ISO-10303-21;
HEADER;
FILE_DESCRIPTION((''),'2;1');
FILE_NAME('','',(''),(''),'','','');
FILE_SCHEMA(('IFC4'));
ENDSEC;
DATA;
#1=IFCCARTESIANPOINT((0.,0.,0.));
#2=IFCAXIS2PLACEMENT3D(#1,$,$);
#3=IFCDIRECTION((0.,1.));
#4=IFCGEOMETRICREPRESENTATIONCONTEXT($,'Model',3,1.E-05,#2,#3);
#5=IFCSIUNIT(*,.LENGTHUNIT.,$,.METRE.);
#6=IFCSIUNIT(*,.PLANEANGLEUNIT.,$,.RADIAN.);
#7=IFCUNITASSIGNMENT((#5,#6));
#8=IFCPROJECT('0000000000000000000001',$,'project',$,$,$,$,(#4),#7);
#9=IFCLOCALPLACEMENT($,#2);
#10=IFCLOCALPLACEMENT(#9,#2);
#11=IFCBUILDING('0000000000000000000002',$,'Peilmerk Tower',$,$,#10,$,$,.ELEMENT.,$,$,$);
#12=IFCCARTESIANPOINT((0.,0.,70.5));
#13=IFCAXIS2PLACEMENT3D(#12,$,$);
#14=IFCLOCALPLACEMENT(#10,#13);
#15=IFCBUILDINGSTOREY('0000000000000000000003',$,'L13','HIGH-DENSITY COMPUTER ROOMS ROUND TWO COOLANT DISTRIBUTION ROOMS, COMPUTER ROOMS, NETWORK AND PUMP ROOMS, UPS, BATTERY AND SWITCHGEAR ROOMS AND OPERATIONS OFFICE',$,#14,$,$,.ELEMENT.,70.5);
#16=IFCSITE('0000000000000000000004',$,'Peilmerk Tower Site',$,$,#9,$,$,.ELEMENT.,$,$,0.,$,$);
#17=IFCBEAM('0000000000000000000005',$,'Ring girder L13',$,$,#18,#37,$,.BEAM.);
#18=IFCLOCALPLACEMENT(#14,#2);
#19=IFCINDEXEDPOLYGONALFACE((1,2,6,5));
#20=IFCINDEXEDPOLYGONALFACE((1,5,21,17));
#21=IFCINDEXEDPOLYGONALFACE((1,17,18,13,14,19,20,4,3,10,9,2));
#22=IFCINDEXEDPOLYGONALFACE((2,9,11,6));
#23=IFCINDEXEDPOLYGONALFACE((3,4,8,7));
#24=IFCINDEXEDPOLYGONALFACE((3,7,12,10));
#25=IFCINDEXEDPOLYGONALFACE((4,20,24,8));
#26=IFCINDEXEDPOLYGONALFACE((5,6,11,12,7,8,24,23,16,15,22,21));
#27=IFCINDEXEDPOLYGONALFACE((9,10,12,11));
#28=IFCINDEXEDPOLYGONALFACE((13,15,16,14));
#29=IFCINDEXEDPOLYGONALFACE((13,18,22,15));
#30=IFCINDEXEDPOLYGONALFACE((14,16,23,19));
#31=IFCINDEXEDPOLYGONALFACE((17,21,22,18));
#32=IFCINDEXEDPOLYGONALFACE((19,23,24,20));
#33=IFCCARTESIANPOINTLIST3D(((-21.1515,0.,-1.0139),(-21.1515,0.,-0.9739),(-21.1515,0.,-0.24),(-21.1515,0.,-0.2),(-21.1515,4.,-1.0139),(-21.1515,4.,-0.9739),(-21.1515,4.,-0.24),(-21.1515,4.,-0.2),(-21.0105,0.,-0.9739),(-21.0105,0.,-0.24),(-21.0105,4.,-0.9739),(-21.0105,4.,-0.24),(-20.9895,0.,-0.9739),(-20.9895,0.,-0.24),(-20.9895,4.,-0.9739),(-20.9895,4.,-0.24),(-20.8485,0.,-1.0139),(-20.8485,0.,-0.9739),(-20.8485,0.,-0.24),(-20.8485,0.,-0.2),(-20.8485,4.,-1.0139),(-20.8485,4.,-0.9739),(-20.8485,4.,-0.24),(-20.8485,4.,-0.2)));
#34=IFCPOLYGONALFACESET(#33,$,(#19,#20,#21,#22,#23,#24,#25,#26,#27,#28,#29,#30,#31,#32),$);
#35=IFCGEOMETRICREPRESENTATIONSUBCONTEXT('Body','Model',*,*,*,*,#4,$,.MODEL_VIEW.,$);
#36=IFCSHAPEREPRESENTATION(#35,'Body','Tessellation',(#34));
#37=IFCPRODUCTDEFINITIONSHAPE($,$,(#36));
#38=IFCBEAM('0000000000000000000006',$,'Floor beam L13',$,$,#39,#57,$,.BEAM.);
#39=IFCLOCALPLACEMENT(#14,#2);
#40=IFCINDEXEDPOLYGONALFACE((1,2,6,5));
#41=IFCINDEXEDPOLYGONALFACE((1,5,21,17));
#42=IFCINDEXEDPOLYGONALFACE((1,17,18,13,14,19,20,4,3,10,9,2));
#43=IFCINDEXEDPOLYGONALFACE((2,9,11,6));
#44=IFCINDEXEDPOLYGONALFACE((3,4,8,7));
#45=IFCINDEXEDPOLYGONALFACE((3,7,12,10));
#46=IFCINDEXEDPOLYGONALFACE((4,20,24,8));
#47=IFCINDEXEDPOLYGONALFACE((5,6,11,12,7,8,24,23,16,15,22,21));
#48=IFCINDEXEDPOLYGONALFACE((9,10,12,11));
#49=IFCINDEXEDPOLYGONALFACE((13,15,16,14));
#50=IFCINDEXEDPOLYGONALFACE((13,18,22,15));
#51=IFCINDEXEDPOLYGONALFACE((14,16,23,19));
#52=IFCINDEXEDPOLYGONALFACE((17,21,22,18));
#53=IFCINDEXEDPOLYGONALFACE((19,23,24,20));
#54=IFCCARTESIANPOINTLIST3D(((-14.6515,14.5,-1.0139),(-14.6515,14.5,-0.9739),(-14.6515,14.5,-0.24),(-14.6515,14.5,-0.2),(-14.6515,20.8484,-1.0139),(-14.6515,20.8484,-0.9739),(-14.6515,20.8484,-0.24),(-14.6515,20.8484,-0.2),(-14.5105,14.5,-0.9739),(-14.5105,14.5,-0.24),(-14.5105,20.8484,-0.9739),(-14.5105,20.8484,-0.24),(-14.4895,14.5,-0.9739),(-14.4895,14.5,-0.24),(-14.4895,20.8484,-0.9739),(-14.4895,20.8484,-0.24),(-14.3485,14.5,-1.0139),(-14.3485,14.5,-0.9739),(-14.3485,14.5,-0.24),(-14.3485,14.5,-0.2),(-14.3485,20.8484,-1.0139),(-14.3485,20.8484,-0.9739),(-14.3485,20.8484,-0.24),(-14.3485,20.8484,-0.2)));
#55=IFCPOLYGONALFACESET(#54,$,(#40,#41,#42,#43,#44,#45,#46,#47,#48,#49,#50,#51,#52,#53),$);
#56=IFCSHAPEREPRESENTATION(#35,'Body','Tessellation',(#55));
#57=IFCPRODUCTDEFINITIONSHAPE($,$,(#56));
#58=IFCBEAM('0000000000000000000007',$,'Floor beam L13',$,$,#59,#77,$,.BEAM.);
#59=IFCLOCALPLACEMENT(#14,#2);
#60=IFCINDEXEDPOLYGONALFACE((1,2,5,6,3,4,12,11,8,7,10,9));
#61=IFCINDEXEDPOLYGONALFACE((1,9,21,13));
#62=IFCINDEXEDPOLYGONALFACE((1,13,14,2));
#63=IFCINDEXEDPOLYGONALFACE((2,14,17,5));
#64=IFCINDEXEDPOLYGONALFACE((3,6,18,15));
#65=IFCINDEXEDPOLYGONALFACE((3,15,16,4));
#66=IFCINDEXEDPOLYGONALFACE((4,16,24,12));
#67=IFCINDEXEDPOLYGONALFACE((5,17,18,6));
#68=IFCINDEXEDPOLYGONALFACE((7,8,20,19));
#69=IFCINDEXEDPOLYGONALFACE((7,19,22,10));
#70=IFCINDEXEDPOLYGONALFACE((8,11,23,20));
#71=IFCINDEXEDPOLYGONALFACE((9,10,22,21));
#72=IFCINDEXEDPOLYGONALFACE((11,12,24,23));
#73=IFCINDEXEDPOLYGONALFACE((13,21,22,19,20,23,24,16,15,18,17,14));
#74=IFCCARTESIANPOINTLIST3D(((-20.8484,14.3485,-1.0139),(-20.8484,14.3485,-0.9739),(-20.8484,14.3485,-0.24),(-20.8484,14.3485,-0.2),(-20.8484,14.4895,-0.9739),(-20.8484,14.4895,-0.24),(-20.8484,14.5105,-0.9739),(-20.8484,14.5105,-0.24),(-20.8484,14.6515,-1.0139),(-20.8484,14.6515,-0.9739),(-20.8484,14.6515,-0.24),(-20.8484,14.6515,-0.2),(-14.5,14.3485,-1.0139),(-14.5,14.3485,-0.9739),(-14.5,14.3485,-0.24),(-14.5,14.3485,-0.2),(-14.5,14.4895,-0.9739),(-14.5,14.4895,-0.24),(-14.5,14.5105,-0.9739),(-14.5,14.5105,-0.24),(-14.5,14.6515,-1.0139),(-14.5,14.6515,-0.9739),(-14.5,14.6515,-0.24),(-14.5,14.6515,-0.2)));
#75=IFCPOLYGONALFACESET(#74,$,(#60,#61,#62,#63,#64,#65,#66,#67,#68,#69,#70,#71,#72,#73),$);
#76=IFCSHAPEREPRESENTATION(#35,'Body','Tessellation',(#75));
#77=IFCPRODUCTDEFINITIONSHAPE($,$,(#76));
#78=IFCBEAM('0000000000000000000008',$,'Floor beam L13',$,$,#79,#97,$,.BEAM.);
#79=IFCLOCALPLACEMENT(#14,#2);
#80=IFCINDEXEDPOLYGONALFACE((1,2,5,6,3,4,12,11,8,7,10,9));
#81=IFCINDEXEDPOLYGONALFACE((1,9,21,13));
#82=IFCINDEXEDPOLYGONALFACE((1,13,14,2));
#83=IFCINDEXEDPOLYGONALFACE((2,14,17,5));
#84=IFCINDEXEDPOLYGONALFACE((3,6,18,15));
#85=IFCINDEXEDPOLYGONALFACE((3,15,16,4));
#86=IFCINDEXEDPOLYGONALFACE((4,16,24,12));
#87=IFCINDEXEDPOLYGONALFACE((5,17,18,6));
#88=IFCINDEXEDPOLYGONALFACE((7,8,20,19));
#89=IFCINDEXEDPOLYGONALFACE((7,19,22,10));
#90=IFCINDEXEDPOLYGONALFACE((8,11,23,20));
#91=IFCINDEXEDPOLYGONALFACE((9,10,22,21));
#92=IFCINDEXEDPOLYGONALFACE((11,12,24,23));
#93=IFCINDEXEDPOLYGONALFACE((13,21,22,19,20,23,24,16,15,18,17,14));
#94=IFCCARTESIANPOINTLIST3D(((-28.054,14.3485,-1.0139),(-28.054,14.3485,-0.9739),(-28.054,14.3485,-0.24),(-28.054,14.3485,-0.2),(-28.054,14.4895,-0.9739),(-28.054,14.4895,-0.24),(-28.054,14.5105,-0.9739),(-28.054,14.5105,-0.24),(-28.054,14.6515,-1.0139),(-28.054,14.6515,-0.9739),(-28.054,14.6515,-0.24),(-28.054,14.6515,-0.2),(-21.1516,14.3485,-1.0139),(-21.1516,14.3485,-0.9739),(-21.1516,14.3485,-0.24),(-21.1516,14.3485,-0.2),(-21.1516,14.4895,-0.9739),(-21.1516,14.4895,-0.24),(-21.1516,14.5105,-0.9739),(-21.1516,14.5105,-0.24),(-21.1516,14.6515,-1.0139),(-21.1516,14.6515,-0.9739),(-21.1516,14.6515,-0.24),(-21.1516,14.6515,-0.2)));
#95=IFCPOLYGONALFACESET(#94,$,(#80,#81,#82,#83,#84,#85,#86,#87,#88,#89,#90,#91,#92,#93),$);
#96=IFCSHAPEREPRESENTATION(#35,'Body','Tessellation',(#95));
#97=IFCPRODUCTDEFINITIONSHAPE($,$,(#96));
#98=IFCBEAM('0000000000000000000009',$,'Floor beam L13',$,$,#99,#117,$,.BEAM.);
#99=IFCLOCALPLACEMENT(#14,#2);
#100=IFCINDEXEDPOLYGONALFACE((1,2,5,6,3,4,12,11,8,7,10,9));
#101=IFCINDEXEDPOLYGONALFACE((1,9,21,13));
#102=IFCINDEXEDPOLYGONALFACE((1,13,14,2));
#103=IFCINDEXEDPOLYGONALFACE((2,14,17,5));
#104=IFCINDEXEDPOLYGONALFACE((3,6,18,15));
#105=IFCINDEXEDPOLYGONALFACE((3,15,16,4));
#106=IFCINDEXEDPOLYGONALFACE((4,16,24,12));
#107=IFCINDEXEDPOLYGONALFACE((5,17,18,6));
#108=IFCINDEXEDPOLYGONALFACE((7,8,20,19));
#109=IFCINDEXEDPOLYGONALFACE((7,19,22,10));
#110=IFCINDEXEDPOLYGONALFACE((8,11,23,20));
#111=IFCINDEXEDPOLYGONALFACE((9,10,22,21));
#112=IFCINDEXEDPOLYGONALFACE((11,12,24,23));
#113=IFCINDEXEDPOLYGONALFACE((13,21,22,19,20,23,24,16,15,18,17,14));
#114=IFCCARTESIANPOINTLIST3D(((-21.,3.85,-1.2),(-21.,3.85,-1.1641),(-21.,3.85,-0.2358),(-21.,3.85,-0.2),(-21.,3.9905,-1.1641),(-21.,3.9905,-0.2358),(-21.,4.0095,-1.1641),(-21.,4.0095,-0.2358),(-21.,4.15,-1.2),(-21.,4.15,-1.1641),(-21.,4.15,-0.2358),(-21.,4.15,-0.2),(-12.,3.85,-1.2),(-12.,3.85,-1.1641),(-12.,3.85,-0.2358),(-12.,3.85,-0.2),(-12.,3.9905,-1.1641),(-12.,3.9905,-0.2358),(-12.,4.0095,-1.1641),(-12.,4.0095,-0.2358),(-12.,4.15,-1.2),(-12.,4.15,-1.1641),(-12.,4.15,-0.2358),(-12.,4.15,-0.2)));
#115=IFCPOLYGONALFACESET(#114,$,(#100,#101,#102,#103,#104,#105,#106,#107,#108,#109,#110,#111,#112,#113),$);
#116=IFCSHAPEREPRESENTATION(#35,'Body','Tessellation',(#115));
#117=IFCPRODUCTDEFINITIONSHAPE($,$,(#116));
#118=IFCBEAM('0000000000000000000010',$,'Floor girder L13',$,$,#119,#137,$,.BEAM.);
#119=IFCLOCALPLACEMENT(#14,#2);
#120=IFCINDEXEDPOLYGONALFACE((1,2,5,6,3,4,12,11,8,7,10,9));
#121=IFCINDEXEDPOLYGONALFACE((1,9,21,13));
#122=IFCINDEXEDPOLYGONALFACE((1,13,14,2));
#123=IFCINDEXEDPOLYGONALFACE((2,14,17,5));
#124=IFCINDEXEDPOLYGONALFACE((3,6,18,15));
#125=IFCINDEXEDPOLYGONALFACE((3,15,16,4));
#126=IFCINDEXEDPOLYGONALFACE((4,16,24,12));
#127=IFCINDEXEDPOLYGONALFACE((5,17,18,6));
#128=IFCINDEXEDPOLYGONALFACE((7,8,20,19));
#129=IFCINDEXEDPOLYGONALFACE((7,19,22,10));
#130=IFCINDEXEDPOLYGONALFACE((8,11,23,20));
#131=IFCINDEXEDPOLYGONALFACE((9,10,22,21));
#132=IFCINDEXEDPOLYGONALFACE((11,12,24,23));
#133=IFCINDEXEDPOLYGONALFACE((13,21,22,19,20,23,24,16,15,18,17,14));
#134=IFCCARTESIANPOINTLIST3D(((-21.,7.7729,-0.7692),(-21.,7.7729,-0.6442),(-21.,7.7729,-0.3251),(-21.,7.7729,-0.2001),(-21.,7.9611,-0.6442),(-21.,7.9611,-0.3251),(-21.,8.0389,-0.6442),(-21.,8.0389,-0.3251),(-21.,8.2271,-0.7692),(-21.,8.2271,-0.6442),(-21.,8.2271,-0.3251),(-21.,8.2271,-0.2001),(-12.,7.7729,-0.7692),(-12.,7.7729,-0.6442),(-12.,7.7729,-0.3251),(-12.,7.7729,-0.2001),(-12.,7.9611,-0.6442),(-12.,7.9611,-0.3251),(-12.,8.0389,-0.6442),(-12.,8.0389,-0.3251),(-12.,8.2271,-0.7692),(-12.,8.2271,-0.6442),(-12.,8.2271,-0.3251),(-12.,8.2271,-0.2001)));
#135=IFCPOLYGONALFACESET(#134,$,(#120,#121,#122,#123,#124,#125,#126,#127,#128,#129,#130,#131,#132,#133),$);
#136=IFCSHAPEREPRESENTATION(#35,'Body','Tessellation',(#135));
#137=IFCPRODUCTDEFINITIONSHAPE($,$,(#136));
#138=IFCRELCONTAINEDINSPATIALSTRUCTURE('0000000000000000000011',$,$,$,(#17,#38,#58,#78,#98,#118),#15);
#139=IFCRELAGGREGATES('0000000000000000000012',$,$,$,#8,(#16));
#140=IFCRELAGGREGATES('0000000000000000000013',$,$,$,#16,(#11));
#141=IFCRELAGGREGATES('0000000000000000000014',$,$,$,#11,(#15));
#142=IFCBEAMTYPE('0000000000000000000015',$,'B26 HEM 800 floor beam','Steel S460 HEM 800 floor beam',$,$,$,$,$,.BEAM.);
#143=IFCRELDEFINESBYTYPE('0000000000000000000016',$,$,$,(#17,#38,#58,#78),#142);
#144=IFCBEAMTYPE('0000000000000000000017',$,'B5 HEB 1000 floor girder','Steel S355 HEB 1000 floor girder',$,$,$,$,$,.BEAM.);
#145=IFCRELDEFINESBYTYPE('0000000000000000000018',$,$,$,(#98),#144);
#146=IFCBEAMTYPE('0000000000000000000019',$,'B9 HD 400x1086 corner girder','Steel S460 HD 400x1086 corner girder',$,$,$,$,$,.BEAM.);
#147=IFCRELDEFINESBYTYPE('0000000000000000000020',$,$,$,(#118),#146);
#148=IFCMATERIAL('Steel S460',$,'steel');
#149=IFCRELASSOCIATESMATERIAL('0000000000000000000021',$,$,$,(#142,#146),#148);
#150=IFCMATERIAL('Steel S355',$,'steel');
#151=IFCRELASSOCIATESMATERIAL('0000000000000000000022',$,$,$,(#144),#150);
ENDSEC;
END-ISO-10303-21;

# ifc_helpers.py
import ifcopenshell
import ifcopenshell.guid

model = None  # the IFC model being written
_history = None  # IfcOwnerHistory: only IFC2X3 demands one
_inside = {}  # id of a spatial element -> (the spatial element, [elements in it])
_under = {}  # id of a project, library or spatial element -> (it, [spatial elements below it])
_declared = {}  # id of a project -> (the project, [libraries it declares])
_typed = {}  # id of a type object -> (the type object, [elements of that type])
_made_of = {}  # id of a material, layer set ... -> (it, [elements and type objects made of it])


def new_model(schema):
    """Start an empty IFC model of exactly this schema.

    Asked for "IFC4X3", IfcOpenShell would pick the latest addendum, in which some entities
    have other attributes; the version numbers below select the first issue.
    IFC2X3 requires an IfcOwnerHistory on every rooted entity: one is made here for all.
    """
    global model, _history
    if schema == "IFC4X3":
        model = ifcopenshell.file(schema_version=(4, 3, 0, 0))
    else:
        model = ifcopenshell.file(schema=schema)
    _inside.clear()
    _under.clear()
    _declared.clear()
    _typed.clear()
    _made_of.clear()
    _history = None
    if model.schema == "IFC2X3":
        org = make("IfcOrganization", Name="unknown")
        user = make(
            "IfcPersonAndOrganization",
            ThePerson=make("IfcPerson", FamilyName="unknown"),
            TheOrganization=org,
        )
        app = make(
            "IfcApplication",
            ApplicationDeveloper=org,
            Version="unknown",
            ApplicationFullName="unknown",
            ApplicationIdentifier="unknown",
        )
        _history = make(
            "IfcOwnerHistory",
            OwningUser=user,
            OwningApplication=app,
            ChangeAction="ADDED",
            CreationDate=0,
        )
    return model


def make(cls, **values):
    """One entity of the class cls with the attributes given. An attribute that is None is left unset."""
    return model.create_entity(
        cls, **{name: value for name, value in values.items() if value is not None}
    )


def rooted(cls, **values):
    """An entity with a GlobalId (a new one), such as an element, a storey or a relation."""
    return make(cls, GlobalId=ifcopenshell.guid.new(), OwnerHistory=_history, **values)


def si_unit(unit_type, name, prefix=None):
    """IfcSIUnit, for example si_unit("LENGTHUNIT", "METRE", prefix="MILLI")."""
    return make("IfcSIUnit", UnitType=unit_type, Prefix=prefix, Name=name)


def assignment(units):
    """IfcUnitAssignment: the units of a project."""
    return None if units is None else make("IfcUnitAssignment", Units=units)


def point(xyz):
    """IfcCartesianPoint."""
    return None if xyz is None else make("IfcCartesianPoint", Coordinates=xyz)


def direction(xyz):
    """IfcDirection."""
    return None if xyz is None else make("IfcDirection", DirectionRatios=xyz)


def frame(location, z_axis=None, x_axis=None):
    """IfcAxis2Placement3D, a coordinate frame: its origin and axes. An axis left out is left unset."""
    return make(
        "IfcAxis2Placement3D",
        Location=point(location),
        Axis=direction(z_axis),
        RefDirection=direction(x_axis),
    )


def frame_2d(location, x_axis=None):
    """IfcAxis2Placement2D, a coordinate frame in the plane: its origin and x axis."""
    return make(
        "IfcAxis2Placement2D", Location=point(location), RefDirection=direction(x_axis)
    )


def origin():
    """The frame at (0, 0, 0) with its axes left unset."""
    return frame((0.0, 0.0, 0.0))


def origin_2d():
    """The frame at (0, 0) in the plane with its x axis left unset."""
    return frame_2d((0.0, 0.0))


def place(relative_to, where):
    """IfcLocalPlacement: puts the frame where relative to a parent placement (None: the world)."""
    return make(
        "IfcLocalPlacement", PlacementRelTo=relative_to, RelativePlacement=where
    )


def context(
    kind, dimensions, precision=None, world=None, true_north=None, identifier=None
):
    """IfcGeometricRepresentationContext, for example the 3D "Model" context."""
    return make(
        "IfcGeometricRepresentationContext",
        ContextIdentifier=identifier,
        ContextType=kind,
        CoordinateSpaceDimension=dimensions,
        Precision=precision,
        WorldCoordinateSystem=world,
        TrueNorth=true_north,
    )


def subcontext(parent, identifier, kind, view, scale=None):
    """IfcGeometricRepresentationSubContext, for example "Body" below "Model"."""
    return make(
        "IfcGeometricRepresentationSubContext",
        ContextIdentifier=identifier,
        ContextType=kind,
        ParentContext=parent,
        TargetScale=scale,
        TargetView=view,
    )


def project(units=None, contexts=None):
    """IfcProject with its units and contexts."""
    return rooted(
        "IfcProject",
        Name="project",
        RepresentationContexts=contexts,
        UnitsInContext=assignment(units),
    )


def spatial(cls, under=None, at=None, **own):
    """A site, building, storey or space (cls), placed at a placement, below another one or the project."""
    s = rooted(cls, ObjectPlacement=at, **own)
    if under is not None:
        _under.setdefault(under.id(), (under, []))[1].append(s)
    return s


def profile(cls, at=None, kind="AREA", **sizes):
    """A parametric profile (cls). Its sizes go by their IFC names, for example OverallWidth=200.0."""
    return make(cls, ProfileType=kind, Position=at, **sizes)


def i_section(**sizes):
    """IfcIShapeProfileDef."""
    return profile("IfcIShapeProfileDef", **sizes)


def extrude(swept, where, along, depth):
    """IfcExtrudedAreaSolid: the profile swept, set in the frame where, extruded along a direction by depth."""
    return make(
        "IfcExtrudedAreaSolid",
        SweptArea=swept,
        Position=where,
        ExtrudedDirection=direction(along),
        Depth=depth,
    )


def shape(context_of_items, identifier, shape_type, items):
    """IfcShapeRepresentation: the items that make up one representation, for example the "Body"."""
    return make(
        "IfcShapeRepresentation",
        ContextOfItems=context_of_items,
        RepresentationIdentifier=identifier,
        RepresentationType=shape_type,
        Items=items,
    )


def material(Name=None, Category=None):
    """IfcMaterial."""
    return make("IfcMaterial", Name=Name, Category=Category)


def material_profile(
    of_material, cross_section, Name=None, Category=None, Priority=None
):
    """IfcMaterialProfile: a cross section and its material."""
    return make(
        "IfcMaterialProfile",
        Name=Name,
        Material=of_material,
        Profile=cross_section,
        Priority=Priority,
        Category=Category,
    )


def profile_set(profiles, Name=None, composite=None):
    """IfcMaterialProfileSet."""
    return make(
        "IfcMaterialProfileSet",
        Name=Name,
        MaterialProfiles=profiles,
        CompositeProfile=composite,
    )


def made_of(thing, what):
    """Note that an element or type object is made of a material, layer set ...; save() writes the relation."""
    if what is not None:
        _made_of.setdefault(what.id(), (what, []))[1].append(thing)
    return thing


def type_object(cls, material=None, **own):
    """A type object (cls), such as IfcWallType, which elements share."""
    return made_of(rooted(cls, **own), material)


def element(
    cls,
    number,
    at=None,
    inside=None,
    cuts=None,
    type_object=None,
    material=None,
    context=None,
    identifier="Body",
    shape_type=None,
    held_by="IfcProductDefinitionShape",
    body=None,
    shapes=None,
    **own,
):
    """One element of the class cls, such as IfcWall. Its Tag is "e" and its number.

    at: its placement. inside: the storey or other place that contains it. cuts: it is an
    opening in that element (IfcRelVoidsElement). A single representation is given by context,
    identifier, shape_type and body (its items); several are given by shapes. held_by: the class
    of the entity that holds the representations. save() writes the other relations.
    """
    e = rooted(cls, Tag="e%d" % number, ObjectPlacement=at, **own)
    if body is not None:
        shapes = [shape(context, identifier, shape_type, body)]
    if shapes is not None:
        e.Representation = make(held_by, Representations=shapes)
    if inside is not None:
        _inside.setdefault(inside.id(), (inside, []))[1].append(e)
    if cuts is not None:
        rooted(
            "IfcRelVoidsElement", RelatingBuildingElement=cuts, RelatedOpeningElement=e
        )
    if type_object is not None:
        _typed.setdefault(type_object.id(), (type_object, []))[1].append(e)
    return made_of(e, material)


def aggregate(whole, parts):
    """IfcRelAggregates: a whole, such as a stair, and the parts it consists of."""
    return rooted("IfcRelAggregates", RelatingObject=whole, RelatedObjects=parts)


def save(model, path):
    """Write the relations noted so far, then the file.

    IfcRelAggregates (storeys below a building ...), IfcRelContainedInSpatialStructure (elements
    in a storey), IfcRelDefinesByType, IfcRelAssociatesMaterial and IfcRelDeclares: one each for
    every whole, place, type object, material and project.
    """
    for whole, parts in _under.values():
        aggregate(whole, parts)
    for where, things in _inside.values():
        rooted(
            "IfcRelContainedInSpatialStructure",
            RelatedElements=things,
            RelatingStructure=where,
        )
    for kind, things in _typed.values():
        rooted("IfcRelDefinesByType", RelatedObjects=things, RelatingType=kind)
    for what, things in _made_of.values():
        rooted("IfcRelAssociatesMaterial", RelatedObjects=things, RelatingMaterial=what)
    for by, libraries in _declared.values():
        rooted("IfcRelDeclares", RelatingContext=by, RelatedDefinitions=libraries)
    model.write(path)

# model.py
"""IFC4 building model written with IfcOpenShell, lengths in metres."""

from ifc_helpers import new_model, si_unit, direction, frame, origin, origin_2d, place, context, subcontext, project, spatial, i_section, extrude, material, material_profile, profile_set, type_object, element, save


model = new_model("IFC4")

# Units and contexts
model_context = context("Model", 3, precision=1e-05, world=origin(), true_north=direction((0.0, 1.0)))
body_context = subcontext(model_context, "Body", "Model", "MODEL_VIEW")
ifc_project = project(units=[si_unit("LENGTHUNIT", "METRE"), si_unit("PLANEANGLEUNIT", "RADIAN")], contexts=[model_context])

# Site, building, storey
site_placement = place(None, origin())
site = spatial("IfcSite", under=ifc_project, at=site_placement, Name="Peilmerk Tower Site", CompositionType="ELEMENT", RefElevation=0.0)
building_placement = place(site_placement, origin())
building = spatial("IfcBuilding", under=site, at=building_placement, Name="Peilmerk Tower", CompositionType="ELEMENT")
storey_placement = place(building_placement, frame((0.0, 0.0, 70.5)))
storey = spatial("IfcBuildingStorey", under=building, at=storey_placement, Name="L13", Description="HIGH-DENSITY COMPUTER ROOMS ROUND TWO COOLANT DISTRIBUTION ROOMS, COMPUTER ROOMS, NETWORK AND PUMP ROOMS, UPS, BATTERY AND SWITCHGEAR ROOMS AND OPERATIONS OFFICE", CompositionType="ELEMENT", Elevation=70.5)

# Beams
ifc_material_1 = material(Name="Steel S355", Category="steel")
ifc_material_2 = material(Name="Steel S460", Category="steel")
ifc_material_profile_1 = material_profile(ifc_material_2, i_section(OverallWidth=0.303, OverallDepth=0.814, WebThickness=0.021, FlangeThickness=0.04, at=origin_2d()), Name="HEM 800")
ifc_profile_set_1 = profile_set([ifc_material_profile_1], Name="Steel S460")
beam_type_1 = type_object("IfcBeamType", Name="B26 HEM 800 floor beam", Description="Steel S460 HEM 800 floor beam", PredefinedType="BEAM", material=ifc_profile_set_1)
for number, where, z_axis, x_axis, name in (
    (1, (-21.0, 4.0, -0.6069), (0.0, -1.0, 0.0), (1.0, 0.0, 0.0), "Ring girder L13"),
):
    element("IfcBeam", number, at=place(storey_placement, frame(where, z_axis=z_axis, x_axis=x_axis)), inside=storey, type_object=beam_type_1, Name=name, PredefinedType="BEAM", context=body_context, shape_type="SweptSolid", body=[
        extrude(i_section(OverallWidth=0.303, OverallDepth=0.814, WebThickness=0.021, FlangeThickness=0.04, at=origin_2d()), origin(), (0.0, 0.0, 1.0), 4.0),
    ])
for number, where, z_axis, x_axis, name in (
    (2, (-14.5, 14.5, -0.6069), (0.0, 1.0, 0.0), (-1.0, 0.0, 0.0), "Floor beam L13"),
    (3, (-14.5, 14.5, -0.6069), (-1.0, 0.0, 0.0), (0.0, -1.0, 0.0), "Floor beam L13"),
):
    element("IfcBeam", number, at=place(storey_placement, frame(where, z_axis=z_axis, x_axis=x_axis)), inside=storey, type_object=beam_type_1, Name=name, PredefinedType="BEAM", context=body_context, shape_type="SweptSolid", body=[
        extrude(i_section(OverallWidth=0.303, OverallDepth=0.814, WebThickness=0.021, FlangeThickness=0.04, at=origin_2d()), origin(), (0.0, 0.0, 1.0), 6.3484),
    ])
beam_1_placement = place(storey_placement, frame((-21.1516, 14.5, -0.6069), z_axis=(-1.0, 0.0, 0.0), x_axis=(0.0, -1.0, 0.0)))
element("IfcBeam", 4, at=beam_1_placement, inside=storey, type_object=beam_type_1, Name="Floor beam L13", PredefinedType="BEAM", context=body_context, shape_type="SweptSolid", body=[
    extrude(i_section(OverallWidth=0.303, OverallDepth=0.814, WebThickness=0.021, FlangeThickness=0.04, at=origin_2d()), origin(), (0.0, 0.0, 1.0), 6.9023),
])
ifc_material_profile_2 = material_profile(ifc_material_1, i_section(OverallWidth=0.3, OverallDepth=1.0, WebThickness=0.019, FlangeThickness=0.0359, at=origin_2d()), Name="HEB 1000")
ifc_profile_set_2 = profile_set([ifc_material_profile_2], Name="Steel S355")
beam_type_2 = type_object("IfcBeamType", Name="B5 HEB 1000 floor girder", Description="Steel S355 HEB 1000 floor girder", PredefinedType="BEAM", material=ifc_profile_set_2)
beam_2_placement = place(storey_placement, frame((-12.0, 4.0, -0.7), z_axis=(-1.0, 0.0, 0.0), x_axis=(0.0, -1.0, 0.0)))
element("IfcBeam", 5, at=beam_2_placement, inside=storey, type_object=beam_type_2, Name="Floor beam L13", PredefinedType="BEAM", context=body_context, shape_type="SweptSolid", body=[
    extrude(i_section(OverallWidth=0.3, OverallDepth=1.0, WebThickness=0.019, FlangeThickness=0.0359, at=origin_2d()), origin(), (0.0, 0.0, 1.0), 9.0),
])
ifc_material_profile_3 = material_profile(ifc_material_2, i_section(OverallWidth=0.4541, OverallDepth=0.5691, WebThickness=0.0779, FlangeThickness=0.125, at=origin_2d()), Name="HD 400x1086")
ifc_profile_set_3 = profile_set([ifc_material_profile_3], Name="Steel S460")
beam_type_3 = type_object("IfcBeamType", Name="B9 HD 400x1086 corner girder", Description="Steel S460 HD 400x1086 corner girder", PredefinedType="BEAM", material=ifc_profile_set_3)
beam_3_placement = place(storey_placement, frame((-12.0, 8.0, -0.4846), z_axis=(-1.0, 0.0, 0.0), x_axis=(0.0, -1.0, 0.0)))
element("IfcBeam", 6, at=beam_3_placement, inside=storey, type_object=beam_type_3, Name="Floor girder L13", PredefinedType="BEAM", context=body_context, shape_type="SweptSolid", body=[
    extrude(i_section(OverallWidth=0.4541, OverallDepth=0.5691, WebThickness=0.0779, FlangeThickness=0.125, at=origin_2d()), origin(), (0.0, 0.0, 1.0), 9.0),
])

save(model, "model.ifc")
